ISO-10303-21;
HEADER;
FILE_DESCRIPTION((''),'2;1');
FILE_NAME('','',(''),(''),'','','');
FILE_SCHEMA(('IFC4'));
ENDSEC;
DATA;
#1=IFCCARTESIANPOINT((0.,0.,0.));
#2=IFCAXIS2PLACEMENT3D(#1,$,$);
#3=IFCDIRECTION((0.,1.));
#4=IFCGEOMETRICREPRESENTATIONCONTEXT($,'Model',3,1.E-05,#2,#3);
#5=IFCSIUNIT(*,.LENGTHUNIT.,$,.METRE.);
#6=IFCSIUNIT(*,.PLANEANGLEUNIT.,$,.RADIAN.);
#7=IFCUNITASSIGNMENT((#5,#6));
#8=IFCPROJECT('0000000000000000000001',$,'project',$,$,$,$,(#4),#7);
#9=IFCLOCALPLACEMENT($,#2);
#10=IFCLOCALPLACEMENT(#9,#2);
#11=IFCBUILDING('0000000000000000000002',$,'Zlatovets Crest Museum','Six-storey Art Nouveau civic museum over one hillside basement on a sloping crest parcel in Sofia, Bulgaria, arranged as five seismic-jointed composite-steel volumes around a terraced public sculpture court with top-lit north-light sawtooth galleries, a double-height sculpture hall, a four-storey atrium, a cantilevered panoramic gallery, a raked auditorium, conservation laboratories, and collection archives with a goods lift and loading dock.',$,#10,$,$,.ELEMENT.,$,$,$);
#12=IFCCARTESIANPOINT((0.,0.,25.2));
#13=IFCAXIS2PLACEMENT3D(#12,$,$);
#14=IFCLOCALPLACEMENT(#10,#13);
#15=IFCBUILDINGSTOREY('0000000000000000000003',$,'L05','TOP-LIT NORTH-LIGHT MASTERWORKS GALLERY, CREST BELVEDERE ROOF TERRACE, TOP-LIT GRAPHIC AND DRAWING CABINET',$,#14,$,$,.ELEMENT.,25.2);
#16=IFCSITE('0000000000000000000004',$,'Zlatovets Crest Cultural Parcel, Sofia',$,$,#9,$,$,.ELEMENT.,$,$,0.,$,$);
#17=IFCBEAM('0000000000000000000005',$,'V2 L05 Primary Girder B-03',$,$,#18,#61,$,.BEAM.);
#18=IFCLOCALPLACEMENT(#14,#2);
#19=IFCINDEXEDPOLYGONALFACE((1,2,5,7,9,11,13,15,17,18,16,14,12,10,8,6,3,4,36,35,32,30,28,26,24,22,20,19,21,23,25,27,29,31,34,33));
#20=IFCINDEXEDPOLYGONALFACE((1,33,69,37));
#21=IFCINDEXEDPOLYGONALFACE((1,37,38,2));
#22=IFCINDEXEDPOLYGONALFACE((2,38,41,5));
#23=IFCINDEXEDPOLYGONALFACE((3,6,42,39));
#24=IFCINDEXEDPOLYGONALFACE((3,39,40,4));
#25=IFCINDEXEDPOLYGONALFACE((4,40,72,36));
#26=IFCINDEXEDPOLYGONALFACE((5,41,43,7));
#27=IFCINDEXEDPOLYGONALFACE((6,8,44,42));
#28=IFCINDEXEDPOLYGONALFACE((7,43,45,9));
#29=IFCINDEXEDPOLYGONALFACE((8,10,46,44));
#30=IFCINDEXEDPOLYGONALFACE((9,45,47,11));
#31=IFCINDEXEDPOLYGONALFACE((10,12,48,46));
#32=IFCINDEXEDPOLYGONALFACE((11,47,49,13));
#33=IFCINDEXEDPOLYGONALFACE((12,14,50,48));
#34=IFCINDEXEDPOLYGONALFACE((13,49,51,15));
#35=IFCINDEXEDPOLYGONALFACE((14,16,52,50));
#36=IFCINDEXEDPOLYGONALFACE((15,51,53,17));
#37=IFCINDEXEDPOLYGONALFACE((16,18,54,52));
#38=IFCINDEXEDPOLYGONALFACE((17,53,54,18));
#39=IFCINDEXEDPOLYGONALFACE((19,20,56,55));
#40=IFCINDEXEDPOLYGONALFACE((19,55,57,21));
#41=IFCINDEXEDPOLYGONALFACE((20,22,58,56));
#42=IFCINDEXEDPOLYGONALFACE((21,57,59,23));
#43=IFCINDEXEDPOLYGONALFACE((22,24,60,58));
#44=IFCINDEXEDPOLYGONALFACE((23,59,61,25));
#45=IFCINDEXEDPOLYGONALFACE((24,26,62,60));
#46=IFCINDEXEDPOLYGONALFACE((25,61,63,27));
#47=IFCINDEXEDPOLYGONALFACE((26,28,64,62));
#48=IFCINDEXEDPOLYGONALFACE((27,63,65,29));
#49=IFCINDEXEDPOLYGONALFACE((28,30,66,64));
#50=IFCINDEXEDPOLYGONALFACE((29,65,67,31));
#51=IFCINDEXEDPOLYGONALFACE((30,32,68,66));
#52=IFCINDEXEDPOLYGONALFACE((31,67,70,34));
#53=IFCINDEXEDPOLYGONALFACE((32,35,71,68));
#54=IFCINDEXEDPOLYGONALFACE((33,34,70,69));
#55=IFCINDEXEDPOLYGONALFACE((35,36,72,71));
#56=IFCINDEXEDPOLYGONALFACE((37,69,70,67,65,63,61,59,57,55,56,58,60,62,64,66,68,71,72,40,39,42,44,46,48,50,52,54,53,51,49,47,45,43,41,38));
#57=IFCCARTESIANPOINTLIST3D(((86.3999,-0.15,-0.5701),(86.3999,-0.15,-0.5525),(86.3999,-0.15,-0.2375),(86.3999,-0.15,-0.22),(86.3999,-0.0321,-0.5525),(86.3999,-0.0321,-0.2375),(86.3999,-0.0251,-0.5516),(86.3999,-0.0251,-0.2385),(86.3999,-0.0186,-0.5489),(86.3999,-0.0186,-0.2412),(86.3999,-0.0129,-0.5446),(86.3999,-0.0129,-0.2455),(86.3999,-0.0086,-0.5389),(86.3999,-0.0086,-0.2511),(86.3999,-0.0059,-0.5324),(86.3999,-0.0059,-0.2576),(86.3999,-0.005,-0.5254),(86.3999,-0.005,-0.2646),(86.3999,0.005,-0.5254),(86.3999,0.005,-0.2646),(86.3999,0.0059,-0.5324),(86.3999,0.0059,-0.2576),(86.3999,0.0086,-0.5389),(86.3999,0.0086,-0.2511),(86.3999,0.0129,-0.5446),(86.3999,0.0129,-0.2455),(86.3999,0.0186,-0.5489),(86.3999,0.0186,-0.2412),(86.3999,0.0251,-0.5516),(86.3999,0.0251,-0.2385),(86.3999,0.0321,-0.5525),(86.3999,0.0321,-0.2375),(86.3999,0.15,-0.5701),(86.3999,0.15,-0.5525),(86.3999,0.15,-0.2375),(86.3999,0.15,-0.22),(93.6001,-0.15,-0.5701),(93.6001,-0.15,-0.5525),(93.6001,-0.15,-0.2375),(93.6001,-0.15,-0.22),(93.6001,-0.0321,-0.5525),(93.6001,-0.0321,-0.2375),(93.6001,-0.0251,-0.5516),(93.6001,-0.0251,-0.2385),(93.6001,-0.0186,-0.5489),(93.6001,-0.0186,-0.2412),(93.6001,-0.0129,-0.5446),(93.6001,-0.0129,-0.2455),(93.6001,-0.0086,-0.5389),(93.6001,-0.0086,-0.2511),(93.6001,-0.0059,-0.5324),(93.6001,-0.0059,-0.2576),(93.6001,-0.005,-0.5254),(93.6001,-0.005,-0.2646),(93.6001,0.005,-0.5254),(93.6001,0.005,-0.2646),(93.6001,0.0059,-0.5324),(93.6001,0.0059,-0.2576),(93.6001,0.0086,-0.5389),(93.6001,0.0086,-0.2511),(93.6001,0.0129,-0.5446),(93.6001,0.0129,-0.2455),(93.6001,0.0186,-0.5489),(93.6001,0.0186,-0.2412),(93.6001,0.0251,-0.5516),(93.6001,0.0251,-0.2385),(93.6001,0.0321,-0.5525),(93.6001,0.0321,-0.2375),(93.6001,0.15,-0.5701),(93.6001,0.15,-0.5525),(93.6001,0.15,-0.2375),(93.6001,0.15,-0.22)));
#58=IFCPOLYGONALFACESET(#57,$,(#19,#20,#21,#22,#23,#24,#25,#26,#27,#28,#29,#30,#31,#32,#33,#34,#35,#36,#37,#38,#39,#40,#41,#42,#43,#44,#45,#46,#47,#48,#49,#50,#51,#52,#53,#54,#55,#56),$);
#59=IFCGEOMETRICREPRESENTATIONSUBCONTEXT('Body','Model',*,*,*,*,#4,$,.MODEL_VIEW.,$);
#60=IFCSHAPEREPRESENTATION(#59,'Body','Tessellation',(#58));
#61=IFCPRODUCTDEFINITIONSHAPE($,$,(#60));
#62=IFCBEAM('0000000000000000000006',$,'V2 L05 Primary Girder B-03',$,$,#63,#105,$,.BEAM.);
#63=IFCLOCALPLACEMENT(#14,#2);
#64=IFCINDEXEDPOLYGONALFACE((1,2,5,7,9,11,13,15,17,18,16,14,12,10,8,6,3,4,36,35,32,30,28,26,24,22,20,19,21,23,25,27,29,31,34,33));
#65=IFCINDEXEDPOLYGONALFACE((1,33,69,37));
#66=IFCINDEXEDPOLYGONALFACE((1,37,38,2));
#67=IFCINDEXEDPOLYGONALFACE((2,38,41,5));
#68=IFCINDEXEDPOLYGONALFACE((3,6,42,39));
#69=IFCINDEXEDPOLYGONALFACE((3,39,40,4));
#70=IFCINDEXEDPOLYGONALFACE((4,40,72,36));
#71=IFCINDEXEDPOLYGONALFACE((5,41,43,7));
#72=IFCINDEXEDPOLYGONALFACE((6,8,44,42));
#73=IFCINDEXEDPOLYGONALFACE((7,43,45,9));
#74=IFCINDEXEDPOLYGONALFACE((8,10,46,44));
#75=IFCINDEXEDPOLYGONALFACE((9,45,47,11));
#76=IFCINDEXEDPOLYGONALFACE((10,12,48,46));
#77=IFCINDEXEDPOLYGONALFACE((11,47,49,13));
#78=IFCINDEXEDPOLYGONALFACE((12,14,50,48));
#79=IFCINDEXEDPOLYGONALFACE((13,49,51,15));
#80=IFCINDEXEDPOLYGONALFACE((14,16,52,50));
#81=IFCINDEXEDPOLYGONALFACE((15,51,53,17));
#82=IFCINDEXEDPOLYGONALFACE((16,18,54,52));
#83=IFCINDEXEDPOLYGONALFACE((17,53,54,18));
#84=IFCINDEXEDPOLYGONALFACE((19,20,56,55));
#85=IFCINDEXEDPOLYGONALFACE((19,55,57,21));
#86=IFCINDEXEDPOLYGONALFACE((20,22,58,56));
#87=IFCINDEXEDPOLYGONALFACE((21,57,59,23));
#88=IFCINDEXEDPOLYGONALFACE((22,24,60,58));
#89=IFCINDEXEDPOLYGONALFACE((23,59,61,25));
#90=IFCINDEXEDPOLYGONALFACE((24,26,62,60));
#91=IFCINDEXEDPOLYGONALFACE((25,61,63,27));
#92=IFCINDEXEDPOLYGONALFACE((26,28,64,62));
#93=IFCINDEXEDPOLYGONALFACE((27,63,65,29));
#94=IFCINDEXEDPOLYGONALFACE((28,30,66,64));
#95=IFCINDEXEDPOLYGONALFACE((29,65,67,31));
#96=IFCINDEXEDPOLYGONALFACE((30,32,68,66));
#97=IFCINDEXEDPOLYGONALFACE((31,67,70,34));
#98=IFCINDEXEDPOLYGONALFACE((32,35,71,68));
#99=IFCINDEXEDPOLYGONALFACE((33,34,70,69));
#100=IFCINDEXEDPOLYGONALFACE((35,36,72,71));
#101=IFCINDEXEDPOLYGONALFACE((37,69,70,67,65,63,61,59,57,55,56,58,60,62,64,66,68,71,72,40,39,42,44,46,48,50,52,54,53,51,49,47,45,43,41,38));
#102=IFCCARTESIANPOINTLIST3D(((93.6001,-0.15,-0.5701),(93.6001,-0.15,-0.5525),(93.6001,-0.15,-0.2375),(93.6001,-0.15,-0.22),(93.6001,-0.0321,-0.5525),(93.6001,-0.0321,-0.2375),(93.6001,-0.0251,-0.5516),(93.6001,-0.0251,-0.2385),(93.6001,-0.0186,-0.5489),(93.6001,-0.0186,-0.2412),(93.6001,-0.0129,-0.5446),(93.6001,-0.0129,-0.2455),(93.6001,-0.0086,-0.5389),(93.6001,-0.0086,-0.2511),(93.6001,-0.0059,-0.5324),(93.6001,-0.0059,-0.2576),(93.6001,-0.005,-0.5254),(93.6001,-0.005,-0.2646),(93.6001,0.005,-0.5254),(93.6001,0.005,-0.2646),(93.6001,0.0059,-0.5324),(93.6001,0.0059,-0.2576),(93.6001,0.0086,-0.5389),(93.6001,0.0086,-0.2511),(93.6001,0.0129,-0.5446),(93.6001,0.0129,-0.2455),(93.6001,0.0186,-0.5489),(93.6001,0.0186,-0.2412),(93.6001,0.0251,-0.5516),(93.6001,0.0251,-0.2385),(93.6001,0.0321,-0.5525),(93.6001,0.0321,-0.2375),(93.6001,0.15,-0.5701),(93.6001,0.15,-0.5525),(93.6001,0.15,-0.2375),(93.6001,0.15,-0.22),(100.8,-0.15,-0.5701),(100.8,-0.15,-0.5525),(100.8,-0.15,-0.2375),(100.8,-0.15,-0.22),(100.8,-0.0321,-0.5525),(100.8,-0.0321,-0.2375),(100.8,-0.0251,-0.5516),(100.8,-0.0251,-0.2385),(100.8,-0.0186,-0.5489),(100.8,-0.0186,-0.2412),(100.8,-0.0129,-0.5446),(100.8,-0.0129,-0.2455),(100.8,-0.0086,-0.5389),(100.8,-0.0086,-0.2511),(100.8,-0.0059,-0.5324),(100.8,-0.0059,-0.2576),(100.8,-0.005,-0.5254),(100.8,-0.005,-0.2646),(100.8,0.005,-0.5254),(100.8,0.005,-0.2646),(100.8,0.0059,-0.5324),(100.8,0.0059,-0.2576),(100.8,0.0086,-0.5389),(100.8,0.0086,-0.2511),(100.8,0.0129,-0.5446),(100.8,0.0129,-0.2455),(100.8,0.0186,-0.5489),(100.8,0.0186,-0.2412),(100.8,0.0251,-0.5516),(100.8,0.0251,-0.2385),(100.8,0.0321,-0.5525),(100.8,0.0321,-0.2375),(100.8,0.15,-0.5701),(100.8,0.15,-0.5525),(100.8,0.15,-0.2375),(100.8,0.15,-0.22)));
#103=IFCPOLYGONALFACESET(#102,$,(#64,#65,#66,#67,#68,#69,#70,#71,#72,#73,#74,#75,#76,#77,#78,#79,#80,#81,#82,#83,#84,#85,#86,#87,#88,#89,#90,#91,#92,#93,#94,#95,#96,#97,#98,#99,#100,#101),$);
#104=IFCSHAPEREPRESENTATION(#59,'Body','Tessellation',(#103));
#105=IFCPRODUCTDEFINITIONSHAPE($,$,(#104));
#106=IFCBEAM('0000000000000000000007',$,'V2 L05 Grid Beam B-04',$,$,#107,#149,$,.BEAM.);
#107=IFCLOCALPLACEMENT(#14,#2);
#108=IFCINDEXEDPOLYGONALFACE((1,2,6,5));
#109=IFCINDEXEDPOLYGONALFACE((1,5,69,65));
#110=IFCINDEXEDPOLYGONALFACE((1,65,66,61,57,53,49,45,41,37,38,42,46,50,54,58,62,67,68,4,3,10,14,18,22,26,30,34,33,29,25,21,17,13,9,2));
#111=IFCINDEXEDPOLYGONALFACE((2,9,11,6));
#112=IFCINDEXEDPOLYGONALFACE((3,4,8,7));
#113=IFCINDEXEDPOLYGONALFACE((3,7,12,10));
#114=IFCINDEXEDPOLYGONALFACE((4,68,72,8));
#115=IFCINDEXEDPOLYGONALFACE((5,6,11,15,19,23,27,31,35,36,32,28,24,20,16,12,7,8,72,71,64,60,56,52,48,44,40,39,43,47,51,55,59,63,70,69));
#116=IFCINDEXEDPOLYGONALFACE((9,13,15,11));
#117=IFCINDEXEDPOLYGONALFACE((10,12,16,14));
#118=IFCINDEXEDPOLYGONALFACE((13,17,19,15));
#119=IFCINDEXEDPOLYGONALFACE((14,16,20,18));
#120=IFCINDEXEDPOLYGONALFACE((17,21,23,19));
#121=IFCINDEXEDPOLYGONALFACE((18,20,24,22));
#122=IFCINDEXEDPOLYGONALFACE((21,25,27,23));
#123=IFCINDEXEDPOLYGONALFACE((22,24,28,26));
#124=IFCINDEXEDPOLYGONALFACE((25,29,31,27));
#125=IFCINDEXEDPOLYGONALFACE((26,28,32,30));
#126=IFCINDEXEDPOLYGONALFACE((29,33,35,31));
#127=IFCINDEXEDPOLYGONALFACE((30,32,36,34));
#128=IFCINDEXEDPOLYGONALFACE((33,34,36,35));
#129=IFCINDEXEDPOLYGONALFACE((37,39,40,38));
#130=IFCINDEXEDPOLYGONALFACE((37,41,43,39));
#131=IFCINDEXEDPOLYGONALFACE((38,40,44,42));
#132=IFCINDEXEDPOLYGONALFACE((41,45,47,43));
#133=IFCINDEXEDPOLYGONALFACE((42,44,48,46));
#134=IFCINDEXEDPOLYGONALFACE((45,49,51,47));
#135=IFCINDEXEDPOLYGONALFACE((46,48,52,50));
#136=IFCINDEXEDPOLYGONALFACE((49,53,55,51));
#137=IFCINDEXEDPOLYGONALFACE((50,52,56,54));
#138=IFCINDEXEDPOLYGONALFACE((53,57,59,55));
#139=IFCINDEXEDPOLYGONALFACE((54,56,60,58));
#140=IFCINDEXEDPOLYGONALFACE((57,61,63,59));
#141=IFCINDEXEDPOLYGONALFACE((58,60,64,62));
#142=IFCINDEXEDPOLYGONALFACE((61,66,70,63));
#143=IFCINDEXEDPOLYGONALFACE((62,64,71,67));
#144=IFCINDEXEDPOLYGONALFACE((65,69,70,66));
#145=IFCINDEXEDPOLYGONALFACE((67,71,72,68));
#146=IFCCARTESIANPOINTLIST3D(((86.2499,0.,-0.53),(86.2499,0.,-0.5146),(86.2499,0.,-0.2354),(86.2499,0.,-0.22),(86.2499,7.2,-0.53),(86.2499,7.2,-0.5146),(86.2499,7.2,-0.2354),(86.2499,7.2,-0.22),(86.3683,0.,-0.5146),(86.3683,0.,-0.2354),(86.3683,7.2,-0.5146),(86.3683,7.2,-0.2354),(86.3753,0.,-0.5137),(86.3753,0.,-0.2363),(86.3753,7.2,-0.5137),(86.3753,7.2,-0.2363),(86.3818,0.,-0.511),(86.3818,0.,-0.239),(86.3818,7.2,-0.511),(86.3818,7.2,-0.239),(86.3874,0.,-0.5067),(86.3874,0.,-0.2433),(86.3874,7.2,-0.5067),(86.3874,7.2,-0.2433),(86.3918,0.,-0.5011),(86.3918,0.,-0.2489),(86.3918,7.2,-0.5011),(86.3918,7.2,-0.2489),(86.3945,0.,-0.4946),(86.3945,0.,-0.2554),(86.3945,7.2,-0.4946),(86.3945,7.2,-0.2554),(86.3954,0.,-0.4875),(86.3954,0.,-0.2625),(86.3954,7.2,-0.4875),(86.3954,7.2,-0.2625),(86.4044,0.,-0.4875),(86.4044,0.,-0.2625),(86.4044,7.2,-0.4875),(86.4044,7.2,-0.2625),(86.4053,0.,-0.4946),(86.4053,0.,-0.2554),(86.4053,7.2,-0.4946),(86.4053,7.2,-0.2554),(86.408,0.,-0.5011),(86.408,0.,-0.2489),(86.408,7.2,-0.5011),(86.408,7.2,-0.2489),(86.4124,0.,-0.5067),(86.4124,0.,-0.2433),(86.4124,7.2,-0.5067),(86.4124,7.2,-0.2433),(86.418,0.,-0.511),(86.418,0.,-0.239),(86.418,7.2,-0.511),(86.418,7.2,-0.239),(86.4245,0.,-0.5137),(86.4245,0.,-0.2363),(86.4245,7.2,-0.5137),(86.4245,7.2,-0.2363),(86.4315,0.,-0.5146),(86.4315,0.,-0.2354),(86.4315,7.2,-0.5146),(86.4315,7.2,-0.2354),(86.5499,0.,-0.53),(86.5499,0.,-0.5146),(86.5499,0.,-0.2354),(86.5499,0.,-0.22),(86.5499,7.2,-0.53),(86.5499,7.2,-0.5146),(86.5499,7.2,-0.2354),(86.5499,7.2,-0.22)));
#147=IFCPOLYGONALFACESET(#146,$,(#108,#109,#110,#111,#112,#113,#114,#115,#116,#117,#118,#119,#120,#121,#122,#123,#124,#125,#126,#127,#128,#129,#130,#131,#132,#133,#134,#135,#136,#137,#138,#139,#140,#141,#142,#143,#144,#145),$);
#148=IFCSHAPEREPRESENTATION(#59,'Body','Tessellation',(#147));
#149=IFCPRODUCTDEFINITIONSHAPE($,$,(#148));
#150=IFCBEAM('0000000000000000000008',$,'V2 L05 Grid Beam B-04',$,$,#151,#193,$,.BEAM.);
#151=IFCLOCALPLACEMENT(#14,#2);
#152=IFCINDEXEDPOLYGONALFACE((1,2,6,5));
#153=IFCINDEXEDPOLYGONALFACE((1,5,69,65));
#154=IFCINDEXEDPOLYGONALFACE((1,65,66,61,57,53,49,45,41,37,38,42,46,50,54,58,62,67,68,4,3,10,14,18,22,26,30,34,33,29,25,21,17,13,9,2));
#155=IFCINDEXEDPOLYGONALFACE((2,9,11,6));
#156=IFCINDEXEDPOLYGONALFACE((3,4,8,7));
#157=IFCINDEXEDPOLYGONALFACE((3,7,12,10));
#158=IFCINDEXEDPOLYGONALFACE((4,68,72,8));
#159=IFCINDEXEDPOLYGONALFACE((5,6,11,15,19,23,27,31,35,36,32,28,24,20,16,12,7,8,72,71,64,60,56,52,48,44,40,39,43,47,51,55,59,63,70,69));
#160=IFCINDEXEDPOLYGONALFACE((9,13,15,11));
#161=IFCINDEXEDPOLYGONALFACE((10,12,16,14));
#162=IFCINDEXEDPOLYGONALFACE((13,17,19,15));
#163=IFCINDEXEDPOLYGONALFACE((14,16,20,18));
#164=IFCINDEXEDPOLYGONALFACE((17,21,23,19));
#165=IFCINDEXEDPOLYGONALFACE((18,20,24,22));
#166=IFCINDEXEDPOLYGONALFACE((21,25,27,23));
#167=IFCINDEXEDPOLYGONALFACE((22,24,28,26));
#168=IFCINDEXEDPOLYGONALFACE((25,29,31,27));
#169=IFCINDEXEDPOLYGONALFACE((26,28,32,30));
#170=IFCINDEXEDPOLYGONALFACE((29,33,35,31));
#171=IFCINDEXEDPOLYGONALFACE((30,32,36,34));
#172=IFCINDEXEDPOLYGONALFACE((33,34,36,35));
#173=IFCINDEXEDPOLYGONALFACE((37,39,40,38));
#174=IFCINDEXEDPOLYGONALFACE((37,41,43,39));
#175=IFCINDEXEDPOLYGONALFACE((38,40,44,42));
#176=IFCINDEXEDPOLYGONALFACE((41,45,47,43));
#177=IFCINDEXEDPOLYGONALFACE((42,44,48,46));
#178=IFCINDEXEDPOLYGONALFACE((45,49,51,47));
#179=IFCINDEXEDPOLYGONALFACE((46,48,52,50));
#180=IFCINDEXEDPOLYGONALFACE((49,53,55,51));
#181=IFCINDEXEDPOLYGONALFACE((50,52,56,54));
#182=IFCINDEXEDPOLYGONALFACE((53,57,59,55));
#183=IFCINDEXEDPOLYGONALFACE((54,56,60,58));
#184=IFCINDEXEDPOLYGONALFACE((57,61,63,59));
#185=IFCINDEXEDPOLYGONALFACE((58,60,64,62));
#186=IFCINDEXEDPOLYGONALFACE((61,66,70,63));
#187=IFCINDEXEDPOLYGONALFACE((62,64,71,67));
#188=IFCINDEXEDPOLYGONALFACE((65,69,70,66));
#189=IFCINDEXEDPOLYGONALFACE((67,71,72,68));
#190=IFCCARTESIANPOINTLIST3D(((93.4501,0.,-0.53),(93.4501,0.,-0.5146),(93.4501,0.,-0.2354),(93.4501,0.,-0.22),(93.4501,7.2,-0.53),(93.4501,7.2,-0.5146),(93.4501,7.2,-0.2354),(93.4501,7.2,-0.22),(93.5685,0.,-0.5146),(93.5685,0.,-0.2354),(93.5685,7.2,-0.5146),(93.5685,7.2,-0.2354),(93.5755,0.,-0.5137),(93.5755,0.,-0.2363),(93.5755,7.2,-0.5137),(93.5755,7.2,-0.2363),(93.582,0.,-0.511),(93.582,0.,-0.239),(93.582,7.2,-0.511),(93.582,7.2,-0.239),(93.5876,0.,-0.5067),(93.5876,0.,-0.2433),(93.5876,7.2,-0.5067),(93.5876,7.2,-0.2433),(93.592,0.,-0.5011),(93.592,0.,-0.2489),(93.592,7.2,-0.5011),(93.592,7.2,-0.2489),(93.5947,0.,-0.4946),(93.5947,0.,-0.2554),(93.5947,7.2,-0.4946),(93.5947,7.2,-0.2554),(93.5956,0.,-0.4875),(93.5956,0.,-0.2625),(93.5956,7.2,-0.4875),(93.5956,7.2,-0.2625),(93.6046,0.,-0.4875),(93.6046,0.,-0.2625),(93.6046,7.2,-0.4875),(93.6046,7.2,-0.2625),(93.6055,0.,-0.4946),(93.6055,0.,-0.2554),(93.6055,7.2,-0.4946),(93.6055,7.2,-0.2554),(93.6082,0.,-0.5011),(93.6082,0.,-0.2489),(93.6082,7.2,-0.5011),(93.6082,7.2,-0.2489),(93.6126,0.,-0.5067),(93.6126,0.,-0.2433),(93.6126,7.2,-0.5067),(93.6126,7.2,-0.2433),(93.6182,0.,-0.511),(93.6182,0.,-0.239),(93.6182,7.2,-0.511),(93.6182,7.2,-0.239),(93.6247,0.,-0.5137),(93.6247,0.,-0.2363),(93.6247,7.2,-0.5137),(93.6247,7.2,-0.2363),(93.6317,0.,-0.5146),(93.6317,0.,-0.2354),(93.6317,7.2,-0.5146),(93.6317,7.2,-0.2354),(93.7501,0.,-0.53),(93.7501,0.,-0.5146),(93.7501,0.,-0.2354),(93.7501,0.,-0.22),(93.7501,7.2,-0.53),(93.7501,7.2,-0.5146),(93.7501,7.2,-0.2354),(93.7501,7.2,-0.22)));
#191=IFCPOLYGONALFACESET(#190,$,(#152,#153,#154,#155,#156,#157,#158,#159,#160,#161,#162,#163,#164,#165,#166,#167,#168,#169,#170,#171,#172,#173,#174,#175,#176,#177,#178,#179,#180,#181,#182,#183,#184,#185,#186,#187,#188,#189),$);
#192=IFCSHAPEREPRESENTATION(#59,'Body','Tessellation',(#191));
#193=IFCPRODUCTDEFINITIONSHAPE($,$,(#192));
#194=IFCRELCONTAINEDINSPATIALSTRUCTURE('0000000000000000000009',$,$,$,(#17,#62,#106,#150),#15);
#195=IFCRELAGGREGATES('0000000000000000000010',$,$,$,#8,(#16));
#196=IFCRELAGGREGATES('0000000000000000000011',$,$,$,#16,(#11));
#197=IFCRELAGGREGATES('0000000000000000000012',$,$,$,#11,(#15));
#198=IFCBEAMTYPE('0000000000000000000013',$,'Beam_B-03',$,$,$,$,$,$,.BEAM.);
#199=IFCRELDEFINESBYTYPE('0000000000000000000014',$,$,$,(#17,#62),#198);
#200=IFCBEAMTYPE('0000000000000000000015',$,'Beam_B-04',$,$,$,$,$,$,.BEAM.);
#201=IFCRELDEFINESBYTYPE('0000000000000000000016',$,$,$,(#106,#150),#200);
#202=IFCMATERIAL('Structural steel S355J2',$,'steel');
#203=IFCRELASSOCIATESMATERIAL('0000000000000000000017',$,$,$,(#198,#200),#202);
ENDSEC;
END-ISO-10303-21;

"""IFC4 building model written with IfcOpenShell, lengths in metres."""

from ifc_helpers import new_model, si_unit, direction, frame, origin, origin_2d, place, context, subcontext, project, spatial, i_section, extrude, material, material_profile, profile_set, type_object, element, save


model = new_model("IFC4")

# Units and contexts
model_context = context("Model", 3, precision=1e-05, world=origin(), true_north=direction((0.0, 1.0)))
body_context = subcontext(model_context, "Body", "Model", "MODEL_VIEW")
ifc_project = project(units=[si_unit("LENGTHUNIT", "METRE"), si_unit("PLANEANGLEUNIT", "RADIAN")], contexts=[model_context])

# Site, building, storey
site_placement = place(None, origin())
site = spatial("IfcSite", under=ifc_project, at=site_placement, Name="Zlatovets Crest Cultural Parcel, Sofia", CompositionType="ELEMENT", RefElevation=0.0)
building_placement = place(site_placement, origin())
building = spatial("IfcBuilding", under=site, at=building_placement, Name="Zlatovets Crest Museum", Description="Six-storey Art Nouveau civic museum over one hillside basement on a sloping crest parcel in Sofia, Bulgaria, arranged as five seismic-jointed composite-steel volumes around a terraced public sculpture court with top-lit north-light sawtooth galleries, a double-height sculpture hall, a four-storey atrium, a cantilevered panoramic gallery, a raked auditorium, conservation laboratories, and collection archives with a goods lift and loading dock.", CompositionType="ELEMENT")
storey_placement = place(building_placement, frame((0.0, 0.0, 25.2)))
storey = spatial("IfcBuildingStorey", under=building, at=storey_placement, Name="L05", Description="TOP-LIT NORTH-LIGHT MASTERWORKS GALLERY, CREST BELVEDERE ROOF TERRACE, TOP-LIT GRAPHIC AND DRAWING CABINET", CompositionType="ELEMENT", Elevation=25.2)

# Beams
ifc_material_1 = material(Name="Structural steel S355J2", Category="steel")
ifc_material_profile_1 = material_profile(ifc_material_1, i_section(OverallWidth=0.3, OverallDepth=0.3501, WebThickness=0.01, FlangeThickness=0.0176, FilletRadius=0.0271, at=origin_2d()), Name="HEA 360")
ifc_profile_set_1 = profile_set([ifc_material_profile_1], Name="Structural steel S355J2")
beam_type_1 = type_object("IfcBeamType", Name="Beam_B-03", PredefinedType="BEAM", material=ifc_profile_set_1)
beam_1_placement = place(storey_placement, frame((86.3999, 0.0, -0.395), z_axis=(1.0, 0.0, 0.0), x_axis=(0.0, 1.0, 0.0)))
element("IfcBeam", 1, at=beam_1_placement, inside=storey, type_object=beam_type_1, Name="V2 L05 Primary Girder B-03", PredefinedType="BEAM", context=body_context, shape_type="SweptSolid", body=[
    extrude(i_section(OverallWidth=0.3, OverallDepth=0.3501, WebThickness=0.01, FlangeThickness=0.0176, FilletRadius=0.0271, at=origin_2d()), origin(), (0.0, 0.0, 1.0), 7.2002),
])
beam_2_placement = place(storey_placement, frame((93.6001, 0.0, -0.395), z_axis=(1.0, 0.0, 0.0), x_axis=(0.0, 1.0, 0.0)))
element("IfcBeam", 2, at=beam_2_placement, inside=storey, type_object=beam_type_1, Name="V2 L05 Primary Girder B-03", PredefinedType="BEAM", context=body_context, shape_type="SweptSolid", body=[
    extrude(i_section(OverallWidth=0.3, OverallDepth=0.3501, WebThickness=0.01, FlangeThickness=0.0176, FilletRadius=0.0271, at=origin_2d()), origin(), (0.0, 0.0, 1.0), 7.2),
])
ifc_material_profile_2 = material_profile(ifc_material_1, i_section(OverallWidth=0.3, OverallDepth=0.3101, WebThickness=0.009, FlangeThickness=0.0154, FilletRadius=0.0271, at=origin_2d()), Name="HEA 320")
ifc_profile_set_2 = profile_set([ifc_material_profile_2], Name="Structural steel S355J2")
beam_type_2 = type_object("IfcBeamType", Name="Beam_B-04", PredefinedType="BEAM", material=ifc_profile_set_2)
for number, where, z_axis, x_axis, name in (
    (3, (86.3999, 0.0, -0.375), (0.0, 1.0, 0.0), (-1.0, 0.0, 0.0), "V2 L05 Grid Beam B-04"),
    (4, (93.6001, 0.0, -0.375), (0.0, 1.0, 0.0), (-1.0, 0.0, 0.0), "V2 L05 Grid Beam B-04"),
):
    element("IfcBeam", number, at=place(storey_placement, frame(where, z_axis=z_axis, x_axis=x_axis)), inside=storey, type_object=beam_type_2, Name=name, PredefinedType="BEAM", context=body_context, shape_type="SweptSolid", body=[
        extrude(i_section(OverallWidth=0.3, OverallDepth=0.3101, WebThickness=0.009, FlangeThickness=0.0154, FilletRadius=0.0271, at=origin_2d()), origin(), (0.0, 0.0, 1.0), 7.2),
    ])

save(model, "model.ifc")
